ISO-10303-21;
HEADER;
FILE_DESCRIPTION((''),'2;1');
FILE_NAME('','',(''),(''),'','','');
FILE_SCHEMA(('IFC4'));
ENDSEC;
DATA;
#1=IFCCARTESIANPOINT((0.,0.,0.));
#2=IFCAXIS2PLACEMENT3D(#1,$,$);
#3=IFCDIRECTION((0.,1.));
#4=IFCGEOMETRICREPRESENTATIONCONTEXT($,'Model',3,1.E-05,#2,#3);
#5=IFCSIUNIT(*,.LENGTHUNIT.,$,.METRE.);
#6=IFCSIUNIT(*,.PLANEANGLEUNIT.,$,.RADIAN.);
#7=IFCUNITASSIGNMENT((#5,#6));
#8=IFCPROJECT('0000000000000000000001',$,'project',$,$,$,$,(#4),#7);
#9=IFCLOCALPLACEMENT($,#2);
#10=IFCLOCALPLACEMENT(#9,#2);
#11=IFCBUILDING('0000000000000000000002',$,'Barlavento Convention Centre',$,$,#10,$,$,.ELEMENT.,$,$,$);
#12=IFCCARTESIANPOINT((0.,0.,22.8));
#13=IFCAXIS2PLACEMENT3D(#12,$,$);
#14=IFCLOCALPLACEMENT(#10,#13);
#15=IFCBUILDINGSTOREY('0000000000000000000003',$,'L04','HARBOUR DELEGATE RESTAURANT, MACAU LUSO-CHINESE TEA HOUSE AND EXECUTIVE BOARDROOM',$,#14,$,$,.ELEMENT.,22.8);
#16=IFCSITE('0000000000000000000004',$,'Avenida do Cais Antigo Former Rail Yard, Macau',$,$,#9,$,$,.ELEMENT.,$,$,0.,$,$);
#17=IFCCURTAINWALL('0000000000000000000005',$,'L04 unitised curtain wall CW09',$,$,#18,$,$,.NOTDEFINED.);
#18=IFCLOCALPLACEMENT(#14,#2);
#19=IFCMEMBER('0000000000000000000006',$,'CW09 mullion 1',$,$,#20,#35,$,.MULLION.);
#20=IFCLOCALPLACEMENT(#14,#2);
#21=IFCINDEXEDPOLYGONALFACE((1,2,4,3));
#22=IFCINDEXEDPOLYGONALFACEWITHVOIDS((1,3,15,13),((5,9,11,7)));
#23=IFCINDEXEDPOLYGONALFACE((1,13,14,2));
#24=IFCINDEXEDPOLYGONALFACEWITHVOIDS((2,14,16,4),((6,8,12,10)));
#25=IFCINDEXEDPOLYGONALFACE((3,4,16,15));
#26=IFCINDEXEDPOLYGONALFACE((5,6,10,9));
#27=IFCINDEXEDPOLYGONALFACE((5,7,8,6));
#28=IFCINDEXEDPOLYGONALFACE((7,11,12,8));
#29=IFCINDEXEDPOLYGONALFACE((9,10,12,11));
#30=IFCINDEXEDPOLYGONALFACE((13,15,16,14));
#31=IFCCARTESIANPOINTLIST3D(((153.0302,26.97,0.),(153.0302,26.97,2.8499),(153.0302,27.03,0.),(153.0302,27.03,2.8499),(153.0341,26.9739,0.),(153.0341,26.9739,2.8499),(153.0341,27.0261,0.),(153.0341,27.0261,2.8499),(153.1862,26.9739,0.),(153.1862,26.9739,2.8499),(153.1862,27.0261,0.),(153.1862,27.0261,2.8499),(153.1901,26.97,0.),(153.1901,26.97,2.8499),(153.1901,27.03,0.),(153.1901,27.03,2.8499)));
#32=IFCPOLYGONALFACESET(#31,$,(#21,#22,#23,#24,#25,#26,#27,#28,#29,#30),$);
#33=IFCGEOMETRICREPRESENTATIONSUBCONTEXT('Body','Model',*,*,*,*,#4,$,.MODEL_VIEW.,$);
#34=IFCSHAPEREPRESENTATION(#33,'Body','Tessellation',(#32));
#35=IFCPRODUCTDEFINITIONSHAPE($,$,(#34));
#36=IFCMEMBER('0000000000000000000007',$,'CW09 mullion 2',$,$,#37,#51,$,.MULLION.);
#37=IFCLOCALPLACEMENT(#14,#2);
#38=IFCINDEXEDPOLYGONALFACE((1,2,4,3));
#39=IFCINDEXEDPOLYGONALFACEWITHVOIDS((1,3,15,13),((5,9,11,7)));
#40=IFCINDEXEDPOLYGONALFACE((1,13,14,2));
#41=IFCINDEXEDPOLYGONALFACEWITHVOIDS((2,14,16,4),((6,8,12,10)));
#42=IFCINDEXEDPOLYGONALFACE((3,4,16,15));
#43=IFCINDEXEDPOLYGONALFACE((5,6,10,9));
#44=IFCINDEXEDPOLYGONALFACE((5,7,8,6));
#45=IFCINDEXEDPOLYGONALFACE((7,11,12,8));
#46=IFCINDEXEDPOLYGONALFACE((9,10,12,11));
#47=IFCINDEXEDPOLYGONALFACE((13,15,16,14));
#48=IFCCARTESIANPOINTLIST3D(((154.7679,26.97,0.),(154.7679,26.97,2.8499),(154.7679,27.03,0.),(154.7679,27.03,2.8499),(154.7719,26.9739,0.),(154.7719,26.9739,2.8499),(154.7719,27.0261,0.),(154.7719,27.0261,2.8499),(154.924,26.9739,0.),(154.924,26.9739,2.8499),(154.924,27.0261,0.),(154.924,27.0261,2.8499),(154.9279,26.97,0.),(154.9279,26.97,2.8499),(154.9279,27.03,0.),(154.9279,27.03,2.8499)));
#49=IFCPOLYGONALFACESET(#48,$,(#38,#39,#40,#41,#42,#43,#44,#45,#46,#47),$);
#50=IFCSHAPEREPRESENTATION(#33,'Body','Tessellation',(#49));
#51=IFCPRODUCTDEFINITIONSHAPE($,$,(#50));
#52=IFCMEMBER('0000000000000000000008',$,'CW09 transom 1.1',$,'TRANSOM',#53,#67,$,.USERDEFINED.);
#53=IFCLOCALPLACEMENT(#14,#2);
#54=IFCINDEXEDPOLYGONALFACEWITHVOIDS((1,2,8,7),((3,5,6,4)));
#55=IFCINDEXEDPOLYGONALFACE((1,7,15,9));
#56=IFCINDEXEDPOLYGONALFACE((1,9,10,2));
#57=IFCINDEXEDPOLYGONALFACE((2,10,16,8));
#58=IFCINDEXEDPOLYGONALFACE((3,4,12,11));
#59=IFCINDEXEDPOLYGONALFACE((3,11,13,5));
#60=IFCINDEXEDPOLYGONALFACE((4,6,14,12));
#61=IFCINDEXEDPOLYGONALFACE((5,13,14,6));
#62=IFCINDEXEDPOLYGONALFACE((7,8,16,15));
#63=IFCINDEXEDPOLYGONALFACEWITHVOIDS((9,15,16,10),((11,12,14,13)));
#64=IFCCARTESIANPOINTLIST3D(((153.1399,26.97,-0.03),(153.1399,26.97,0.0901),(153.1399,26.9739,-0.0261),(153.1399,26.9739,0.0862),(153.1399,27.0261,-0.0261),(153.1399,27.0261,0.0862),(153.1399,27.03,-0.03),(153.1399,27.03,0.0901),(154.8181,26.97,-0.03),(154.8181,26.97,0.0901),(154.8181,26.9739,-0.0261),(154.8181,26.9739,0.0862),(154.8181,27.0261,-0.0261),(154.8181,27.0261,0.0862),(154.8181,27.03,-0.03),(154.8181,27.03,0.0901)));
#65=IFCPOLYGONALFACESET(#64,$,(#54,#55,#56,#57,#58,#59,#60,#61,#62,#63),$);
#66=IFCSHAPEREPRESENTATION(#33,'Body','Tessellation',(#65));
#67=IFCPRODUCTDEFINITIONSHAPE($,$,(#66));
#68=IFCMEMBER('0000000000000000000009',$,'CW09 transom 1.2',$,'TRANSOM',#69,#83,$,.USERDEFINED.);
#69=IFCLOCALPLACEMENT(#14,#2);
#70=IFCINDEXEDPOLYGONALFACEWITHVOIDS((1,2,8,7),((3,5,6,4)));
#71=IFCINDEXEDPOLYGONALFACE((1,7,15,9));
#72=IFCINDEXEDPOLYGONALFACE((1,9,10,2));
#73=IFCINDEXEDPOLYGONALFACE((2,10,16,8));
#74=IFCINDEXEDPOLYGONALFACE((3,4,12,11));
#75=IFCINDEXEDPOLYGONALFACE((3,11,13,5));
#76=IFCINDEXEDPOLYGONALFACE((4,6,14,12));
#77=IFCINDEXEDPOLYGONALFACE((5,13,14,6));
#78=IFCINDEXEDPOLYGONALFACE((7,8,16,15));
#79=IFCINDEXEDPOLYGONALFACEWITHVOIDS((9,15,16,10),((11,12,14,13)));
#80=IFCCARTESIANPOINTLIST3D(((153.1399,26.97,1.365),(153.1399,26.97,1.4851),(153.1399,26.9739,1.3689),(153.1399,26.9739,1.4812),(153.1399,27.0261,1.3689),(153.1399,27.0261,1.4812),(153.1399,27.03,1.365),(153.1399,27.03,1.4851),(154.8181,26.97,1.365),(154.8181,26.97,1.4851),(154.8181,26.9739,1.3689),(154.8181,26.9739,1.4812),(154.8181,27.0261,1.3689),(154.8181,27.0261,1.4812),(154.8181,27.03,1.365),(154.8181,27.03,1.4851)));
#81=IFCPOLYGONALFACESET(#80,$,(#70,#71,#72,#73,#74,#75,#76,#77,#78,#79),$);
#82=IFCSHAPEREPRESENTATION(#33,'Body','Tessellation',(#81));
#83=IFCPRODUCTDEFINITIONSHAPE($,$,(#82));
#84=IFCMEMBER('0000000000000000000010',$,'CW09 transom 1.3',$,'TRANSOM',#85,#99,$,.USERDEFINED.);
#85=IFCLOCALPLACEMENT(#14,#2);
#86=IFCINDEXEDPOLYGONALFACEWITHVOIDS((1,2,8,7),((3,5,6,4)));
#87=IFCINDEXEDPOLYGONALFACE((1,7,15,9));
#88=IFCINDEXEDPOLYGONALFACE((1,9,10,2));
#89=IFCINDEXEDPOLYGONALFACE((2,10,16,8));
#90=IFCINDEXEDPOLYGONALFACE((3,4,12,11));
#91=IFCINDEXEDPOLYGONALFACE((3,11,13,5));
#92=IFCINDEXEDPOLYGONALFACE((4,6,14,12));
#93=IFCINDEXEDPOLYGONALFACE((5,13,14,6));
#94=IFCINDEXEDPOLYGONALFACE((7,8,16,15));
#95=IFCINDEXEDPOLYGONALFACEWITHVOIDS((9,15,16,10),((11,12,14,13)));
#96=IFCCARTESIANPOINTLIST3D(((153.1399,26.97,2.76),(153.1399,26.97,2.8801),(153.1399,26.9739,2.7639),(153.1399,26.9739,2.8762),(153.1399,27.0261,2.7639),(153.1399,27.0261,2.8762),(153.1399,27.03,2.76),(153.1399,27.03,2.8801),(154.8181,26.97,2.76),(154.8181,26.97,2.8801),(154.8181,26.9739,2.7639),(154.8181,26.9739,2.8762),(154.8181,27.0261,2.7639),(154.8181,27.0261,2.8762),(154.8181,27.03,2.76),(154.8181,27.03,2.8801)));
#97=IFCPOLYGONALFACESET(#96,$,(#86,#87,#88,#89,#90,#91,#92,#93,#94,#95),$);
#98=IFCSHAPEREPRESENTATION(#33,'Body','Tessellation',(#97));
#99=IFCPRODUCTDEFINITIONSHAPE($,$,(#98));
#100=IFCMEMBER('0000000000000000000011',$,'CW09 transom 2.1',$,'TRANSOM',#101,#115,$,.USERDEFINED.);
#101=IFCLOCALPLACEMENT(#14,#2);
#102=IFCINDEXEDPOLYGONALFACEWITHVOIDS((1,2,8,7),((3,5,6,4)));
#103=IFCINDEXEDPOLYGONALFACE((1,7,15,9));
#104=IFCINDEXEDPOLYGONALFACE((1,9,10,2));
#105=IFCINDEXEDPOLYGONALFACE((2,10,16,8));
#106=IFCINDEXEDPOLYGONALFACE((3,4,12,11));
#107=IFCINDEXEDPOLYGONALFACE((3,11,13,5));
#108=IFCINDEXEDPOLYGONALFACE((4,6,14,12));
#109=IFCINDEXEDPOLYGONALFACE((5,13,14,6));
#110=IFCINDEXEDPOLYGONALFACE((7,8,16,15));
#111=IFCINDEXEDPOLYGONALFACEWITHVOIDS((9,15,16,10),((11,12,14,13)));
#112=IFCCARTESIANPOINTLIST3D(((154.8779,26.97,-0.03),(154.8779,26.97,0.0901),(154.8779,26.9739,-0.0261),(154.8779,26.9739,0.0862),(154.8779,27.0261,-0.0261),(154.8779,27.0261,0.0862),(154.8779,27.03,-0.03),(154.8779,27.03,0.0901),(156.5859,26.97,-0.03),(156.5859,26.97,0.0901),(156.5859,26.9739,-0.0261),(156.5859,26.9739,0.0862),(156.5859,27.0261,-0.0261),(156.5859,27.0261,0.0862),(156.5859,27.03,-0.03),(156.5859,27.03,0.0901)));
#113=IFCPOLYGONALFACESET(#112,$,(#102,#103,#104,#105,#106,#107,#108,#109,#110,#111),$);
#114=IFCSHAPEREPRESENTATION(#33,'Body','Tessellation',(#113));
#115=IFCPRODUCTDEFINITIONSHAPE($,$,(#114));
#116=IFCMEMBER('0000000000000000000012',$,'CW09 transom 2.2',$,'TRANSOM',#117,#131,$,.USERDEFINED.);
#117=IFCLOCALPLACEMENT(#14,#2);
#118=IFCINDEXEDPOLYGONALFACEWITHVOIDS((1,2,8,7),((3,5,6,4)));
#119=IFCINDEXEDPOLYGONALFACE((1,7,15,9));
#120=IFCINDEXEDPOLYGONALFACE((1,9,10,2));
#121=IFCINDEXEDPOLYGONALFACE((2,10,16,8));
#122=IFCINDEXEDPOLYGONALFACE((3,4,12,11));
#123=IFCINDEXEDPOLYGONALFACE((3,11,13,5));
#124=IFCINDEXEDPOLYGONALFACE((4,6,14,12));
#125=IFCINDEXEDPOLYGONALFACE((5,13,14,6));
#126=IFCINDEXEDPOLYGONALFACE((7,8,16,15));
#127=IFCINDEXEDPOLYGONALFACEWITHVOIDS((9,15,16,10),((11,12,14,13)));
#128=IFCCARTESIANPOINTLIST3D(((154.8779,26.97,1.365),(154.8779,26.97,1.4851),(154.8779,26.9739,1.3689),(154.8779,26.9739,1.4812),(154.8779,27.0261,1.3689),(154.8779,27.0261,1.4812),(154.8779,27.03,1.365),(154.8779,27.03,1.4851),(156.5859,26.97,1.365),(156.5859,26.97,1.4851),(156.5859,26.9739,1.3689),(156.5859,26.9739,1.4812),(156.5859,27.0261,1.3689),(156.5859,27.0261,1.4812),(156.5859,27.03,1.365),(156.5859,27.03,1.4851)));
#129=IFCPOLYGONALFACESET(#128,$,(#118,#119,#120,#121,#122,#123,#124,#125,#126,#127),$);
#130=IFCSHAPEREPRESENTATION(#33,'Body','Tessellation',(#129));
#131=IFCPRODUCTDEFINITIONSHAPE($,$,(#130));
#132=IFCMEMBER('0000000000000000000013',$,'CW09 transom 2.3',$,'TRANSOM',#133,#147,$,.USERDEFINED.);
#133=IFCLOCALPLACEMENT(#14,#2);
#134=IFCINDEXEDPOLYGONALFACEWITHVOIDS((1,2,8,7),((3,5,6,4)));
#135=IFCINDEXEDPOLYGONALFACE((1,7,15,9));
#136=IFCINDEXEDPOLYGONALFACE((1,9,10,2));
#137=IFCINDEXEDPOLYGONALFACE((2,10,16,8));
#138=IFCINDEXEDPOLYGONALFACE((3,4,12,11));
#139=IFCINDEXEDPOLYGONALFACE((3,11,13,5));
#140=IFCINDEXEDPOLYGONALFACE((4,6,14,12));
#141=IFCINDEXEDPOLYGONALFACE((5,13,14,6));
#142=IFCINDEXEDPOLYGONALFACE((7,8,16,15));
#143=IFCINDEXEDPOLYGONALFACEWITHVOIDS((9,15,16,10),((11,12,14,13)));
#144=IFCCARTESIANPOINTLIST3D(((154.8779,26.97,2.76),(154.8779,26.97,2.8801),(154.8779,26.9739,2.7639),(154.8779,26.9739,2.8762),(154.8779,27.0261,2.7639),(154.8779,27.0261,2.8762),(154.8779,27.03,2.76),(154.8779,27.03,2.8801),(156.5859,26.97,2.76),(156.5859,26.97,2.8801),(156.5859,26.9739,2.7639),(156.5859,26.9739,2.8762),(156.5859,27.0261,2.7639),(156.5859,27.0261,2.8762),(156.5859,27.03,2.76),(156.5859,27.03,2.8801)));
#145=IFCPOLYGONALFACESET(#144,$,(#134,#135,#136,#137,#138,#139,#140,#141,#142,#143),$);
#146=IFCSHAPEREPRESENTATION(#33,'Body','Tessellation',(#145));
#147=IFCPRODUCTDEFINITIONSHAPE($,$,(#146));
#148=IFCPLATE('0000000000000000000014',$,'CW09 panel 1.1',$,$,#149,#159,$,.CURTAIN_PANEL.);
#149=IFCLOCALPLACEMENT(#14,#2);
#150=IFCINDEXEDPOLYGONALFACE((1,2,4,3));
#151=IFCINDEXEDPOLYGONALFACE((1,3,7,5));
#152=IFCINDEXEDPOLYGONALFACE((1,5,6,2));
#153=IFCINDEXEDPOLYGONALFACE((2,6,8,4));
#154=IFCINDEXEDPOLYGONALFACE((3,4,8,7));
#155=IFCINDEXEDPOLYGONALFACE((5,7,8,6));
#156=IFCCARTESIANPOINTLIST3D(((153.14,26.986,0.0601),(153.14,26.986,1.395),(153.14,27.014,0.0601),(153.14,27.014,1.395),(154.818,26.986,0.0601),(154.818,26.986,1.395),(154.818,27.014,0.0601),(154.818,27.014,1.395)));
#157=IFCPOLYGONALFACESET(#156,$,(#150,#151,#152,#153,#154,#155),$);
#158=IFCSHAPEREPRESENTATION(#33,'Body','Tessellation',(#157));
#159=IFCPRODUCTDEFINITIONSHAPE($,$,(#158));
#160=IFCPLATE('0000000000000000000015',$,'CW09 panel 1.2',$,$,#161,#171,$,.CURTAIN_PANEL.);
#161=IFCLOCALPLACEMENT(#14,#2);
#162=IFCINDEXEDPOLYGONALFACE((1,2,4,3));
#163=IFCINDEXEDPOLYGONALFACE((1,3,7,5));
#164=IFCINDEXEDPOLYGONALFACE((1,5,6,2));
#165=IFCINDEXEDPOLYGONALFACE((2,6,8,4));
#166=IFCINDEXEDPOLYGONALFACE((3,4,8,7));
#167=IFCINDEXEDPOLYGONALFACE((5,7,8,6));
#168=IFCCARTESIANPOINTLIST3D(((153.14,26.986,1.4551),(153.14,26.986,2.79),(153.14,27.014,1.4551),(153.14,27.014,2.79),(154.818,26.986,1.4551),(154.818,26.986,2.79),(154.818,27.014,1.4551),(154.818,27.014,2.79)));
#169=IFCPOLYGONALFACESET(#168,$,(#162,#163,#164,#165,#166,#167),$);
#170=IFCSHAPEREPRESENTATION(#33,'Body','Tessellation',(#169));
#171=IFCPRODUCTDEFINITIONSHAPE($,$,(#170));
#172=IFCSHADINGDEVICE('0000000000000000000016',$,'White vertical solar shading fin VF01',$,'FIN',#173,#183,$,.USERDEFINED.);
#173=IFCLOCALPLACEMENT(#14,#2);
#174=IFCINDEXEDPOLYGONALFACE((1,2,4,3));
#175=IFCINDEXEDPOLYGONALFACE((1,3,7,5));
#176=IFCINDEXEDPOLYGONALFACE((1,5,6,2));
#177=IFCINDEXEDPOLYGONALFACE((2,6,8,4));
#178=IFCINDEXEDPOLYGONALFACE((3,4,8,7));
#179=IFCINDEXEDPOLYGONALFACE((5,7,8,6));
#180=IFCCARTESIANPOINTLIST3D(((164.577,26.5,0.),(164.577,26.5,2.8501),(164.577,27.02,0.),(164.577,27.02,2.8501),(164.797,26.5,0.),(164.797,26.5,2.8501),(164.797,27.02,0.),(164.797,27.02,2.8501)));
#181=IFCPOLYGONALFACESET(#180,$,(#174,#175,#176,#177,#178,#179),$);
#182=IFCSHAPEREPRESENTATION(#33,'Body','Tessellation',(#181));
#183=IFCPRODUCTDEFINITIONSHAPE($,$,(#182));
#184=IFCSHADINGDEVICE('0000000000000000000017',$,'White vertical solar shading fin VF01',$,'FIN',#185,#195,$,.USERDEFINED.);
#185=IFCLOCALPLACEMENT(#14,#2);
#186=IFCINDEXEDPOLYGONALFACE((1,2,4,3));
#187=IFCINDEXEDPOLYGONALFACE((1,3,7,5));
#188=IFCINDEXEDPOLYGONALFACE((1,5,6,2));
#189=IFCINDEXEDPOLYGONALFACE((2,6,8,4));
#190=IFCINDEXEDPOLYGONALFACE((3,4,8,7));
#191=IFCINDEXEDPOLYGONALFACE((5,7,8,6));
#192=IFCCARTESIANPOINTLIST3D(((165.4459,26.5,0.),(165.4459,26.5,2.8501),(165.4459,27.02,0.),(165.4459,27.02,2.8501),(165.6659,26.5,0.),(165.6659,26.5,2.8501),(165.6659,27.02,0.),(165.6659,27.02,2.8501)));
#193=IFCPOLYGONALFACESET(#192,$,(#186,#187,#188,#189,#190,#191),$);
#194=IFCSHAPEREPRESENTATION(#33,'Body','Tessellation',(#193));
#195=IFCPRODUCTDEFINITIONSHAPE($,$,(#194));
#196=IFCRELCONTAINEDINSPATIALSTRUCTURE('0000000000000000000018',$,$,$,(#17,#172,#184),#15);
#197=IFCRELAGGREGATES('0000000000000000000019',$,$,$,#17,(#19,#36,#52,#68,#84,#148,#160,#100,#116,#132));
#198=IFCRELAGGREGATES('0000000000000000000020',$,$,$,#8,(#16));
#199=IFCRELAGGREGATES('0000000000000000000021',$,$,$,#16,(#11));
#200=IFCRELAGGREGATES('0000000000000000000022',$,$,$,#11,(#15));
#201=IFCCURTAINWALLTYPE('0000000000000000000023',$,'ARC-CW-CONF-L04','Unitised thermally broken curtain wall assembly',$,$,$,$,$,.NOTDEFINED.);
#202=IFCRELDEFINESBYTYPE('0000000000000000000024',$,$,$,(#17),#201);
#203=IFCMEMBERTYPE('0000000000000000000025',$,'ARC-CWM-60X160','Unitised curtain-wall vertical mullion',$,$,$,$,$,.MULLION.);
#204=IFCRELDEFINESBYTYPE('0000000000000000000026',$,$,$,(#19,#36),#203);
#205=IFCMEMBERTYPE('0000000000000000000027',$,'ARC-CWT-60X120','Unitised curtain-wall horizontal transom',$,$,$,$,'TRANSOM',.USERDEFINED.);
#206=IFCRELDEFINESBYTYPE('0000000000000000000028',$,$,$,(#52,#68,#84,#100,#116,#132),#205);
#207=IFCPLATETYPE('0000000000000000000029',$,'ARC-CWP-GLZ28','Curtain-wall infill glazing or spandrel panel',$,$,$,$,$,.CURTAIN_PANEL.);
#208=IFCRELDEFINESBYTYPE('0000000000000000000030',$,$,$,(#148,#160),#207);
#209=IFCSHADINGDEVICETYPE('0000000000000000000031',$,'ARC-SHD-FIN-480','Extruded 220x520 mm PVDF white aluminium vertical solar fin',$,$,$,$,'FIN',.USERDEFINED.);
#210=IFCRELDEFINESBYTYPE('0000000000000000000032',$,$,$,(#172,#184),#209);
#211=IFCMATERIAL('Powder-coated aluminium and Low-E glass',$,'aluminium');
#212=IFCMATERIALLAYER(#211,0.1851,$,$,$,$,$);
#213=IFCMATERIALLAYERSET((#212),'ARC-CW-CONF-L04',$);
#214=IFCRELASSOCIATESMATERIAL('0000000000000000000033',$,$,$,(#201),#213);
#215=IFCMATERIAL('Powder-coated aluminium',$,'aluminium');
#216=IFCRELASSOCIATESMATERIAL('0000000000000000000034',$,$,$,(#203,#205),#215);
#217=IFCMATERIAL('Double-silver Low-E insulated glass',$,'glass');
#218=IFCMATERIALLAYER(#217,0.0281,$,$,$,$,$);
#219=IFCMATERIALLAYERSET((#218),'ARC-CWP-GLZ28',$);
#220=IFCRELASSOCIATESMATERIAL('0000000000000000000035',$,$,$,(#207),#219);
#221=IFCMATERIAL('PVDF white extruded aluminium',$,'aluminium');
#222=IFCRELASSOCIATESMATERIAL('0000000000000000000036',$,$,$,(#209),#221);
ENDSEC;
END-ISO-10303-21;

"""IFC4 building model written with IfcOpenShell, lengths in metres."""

from ifc_helpers import new_model, si_unit, direction, frame, origin, origin_2d, place, context, subcontext, project, spatial, rectangle, hollow_rectangle, extrude, material, layer, layer_set, material_profile, profile_set, type_object, element, aggregate, save


model = new_model("IFC4")

# Units and contexts
model_context = context("Model", 3, precision=1e-05, world=origin(), true_north=direction((0.0, 1.0)))
body_context = subcontext(model_context, "Body", "Model", "MODEL_VIEW")
ifc_project = project(units=[si_unit("LENGTHUNIT", "METRE"), si_unit("PLANEANGLEUNIT", "RADIAN")], contexts=[model_context])

# Site, building, storey
site_placement = place(None, origin())
site = spatial("IfcSite", under=ifc_project, at=site_placement, Name="Avenida do Cais Antigo Former Rail Yard, Macau", CompositionType="ELEMENT", RefElevation=0.0)
building_placement = place(site_placement, origin())
building = spatial("IfcBuilding", under=site, at=building_placement, Name="Barlavento Convention Centre", CompositionType="ELEMENT")
storey_placement = place(building_placement, frame((0.0, 0.0, 22.8)))
storey = spatial("IfcBuildingStorey", under=building, at=storey_placement, Name="L04", Description="HARBOUR DELEGATE RESTAURANT, MACAU LUSO-CHINESE TEA HOUSE AND EXECUTIVE BOARDROOM", CompositionType="ELEMENT", Elevation=22.8)

# Curtain wall, members, plates
ifc_material_1 = material(Name="Powder-coated aluminium and Low-E glass", Category="aluminium")
ifc_layer_1 = layer(ifc_material_1, 0.1851)
ifc_layer_set_1 = layer_set([ifc_layer_1], Name="ARC-CW-CONF-L04")
curtain_wall_type = type_object("IfcCurtainWallType", Name="ARC-CW-CONF-L04", Description="Unitised thermally broken curtain wall assembly", PredefinedType="NOTDEFINED", material=ifc_layer_set_1)
curtain_wall_placement = place(storey_placement, origin())
curtain_wall = element("IfcCurtainWall", 1, at=curtain_wall_placement, inside=storey, type_object=curtain_wall_type, Name="L04 unitised curtain wall CW09", PredefinedType="NOTDEFINED")
ifc_material_2 = material(Name="Powder-coated aluminium", Category="aluminium")
ifc_material_profile_1 = material_profile(ifc_material_2, hollow_rectangle(XDim=0.0601, YDim=0.1599, WallThickness=0.0039, at=origin_2d()), Name="AL-MULL 60x160x4")
ifc_profile_set_1 = profile_set([ifc_material_profile_1], Name="Powder-coated aluminium")
member_type_1 = type_object("IfcMemberType", Name="ARC-CWM-60X160", Description="Unitised curtain-wall vertical mullion", PredefinedType="MULLION", material=ifc_profile_set_1)
member_1_placement = place(storey_placement, frame((153.1101, 27.0, 0.0), z_axis=(0.0, 0.0, 1.0), x_axis=(0.0, 1.0, 0.0)))
member_1 = element("IfcMember", 2, at=member_1_placement, type_object=member_type_1, Name="CW09 mullion 1", PredefinedType="MULLION", context=body_context, shape_type="SweptSolid", body=[
    extrude(hollow_rectangle(XDim=0.0601, YDim=0.1599, WallThickness=0.0039, at=origin_2d()), origin(), (0.0, 0.0, 1.0), 2.8499),
])
member_2_placement = place(storey_placement, frame((154.8479, 27.0, 0.0), z_axis=(0.0, 0.0, 1.0), x_axis=(0.0, 1.0, 0.0)))
member_2 = element("IfcMember", 3, at=member_2_placement, type_object=member_type_1, Name="CW09 mullion 2", PredefinedType="MULLION", context=body_context, shape_type="SweptSolid", body=[
    extrude(hollow_rectangle(XDim=0.0601, YDim=0.1599, WallThickness=0.0039, at=origin_2d()), origin(), (0.0, 0.0, 1.0), 2.8499),
])
ifc_material_profile_2 = material_profile(ifc_material_2, hollow_rectangle(XDim=0.0601, YDim=0.1201, WallThickness=0.0039, at=origin_2d()), Name="AL-TRAN 60x120x4")
ifc_profile_set_2 = profile_set([ifc_material_profile_2], Name="Powder-coated aluminium")
member_type_2 = type_object("IfcMemberType", Name="ARC-CWT-60X120", Description="Unitised curtain-wall horizontal transom", ElementType="TRANSOM", PredefinedType="USERDEFINED", material=ifc_profile_set_2)
member_3_placement = place(storey_placement, frame((153.1399, 27.0, 0.03), z_axis=(1.0, 0.0, 0.0), x_axis=(0.0, 1.0, 0.0)))
member_3 = element("IfcMember", 4, at=member_3_placement, type_object=member_type_2, Name="CW09 transom 1.1", ObjectType="TRANSOM", PredefinedType="USERDEFINED", context=body_context, shape_type="SweptSolid", body=[
    extrude(hollow_rectangle(XDim=0.0601, YDim=0.1201, WallThickness=0.0039, at=origin_2d()), origin(), (0.0, 0.0, 1.0), 1.6782),
])
member_4_placement = place(storey_placement, frame((153.1399, 27.0, 1.425), z_axis=(1.0, 0.0, 0.0), x_axis=(0.0, 1.0, 0.0)))
member_4 = element("IfcMember", 5, at=member_4_placement, type_object=member_type_2, Name="CW09 transom 1.2", ObjectType="TRANSOM", PredefinedType="USERDEFINED", context=body_context, shape_type="SweptSolid", body=[
    extrude(hollow_rectangle(XDim=0.0601, YDim=0.1201, WallThickness=0.0039, at=origin_2d()), origin(), (0.0, 0.0, 1.0), 1.6782),
])
member_5_placement = place(storey_placement, frame((153.1399, 27.0, 2.8201), z_axis=(1.0, 0.0, 0.0), x_axis=(0.0, 1.0, 0.0)))
member_5 = element("IfcMember", 6, at=member_5_placement, type_object=member_type_2, Name="CW09 transom 1.3", ObjectType="TRANSOM", PredefinedType="USERDEFINED", context=body_context, shape_type="SweptSolid", body=[
    extrude(hollow_rectangle(XDim=0.0601, YDim=0.1201, WallThickness=0.0039, at=origin_2d()), origin(), (0.0, 0.0, 1.0), 1.6782),
])
member_6_placement = place(storey_placement, frame((154.8779, 27.0, 0.03), z_axis=(1.0, 0.0, 0.0), x_axis=(0.0, 1.0, 0.0)))
member_6 = element("IfcMember", 7, at=member_6_placement, type_object=member_type_2, Name="CW09 transom 2.1", ObjectType="TRANSOM", PredefinedType="USERDEFINED", context=body_context, shape_type="SweptSolid", body=[
    extrude(hollow_rectangle(XDim=0.0601, YDim=0.1201, WallThickness=0.0039, at=origin_2d()), origin(), (0.0, 0.0, 1.0), 1.708),
])
member_7_placement = place(storey_placement, frame((154.8779, 27.0, 1.425), z_axis=(1.0, 0.0, 0.0), x_axis=(0.0, 1.0, 0.0)))
member_7 = element("IfcMember", 8, at=member_7_placement, type_object=member_type_2, Name="CW09 transom 2.2", ObjectType="TRANSOM", PredefinedType="USERDEFINED", context=body_context, shape_type="SweptSolid", body=[
    extrude(hollow_rectangle(XDim=0.0601, YDim=0.1201, WallThickness=0.0039, at=origin_2d()), origin(), (0.0, 0.0, 1.0), 1.708),
])
member_8_placement = place(storey_placement, frame((154.8779, 27.0, 2.8201), z_axis=(1.0, 0.0, 0.0), x_axis=(0.0, 1.0, 0.0)))
member_8 = element("IfcMember", 9, at=member_8_placement, type_object=member_type_2, Name="CW09 transom 2.3", ObjectType="TRANSOM", PredefinedType="USERDEFINED", context=body_context, shape_type="SweptSolid", body=[
    extrude(hollow_rectangle(XDim=0.0601, YDim=0.1201, WallThickness=0.0039, at=origin_2d()), origin(), (0.0, 0.0, 1.0), 1.708),
])
ifc_material_3 = material(Name="Double-silver Low-E insulated glass", Category="glass")
ifc_layer_2 = layer(ifc_material_3, 0.0281)
ifc_layer_set_2 = layer_set([ifc_layer_2], Name="ARC-CWP-GLZ28")
plate_type = type_object("IfcPlateType", Name="ARC-CWP-GLZ28", Description="Curtain-wall infill glazing or spandrel panel", PredefinedType="CURTAIN_PANEL", material=ifc_layer_set_2)
plate_1_placement = place(storey_placement, frame((153.979, 27.0, 0.0601), z_axis=(0.0, 0.0, 1.0), x_axis=(1.0, 0.0, 0.0)))
plate_1 = element("IfcPlate", 10, at=plate_1_placement, type_object=plate_type, Name="CW09 panel 1.1", PredefinedType="CURTAIN_PANEL", context=body_context, shape_type="SweptSolid", body=[
    extrude(rectangle(XDim=1.678, YDim=0.0281, at=origin_2d()), origin(), (0.0, 0.0, 1.0), 1.335),
])
plate_2_placement = place(storey_placement, frame((153.979, 27.0, 1.4551), z_axis=(0.0, 0.0, 1.0), x_axis=(1.0, 0.0, 0.0)))
plate_2 = element("IfcPlate", 11, at=plate_2_placement, type_object=plate_type, Name="CW09 panel 1.2", PredefinedType="CURTAIN_PANEL", context=body_context, shape_type="SweptSolid", body=[
    extrude(rectangle(XDim=1.678, YDim=0.0281, at=origin_2d()), origin(), (0.0, 0.0, 1.0), 1.335),
])
aggregate(curtain_wall, [member_1, member_2, member_3, member_4, member_5, plate_1, plate_2, member_6, member_7, member_8])

# Shading devices
ifc_material_4 = material(Name="PVDF white extruded aluminium", Category="aluminium")
shading_device_type = type_object("IfcShadingDeviceType", Name="ARC-SHD-FIN-480", Description="Extruded 220x520 mm PVDF white aluminium vertical solar fin", ElementType="FIN", PredefinedType="USERDEFINED", material=ifc_material_4)
for number, where, z_axis, x_axis, name in (
    (12, (164.687, 26.76, 0.0), (0.0, 0.0, 1.0), (1.0, 0.0, 0.0), "White vertical solar shading fin VF01"),
    (13, (165.5559, 26.76, 0.0), (0.0, 0.0, 1.0), (1.0, 0.0, 0.0), "White vertical solar shading fin VF01"),
):
    element("IfcShadingDevice", number, at=place(storey_placement, frame(where, z_axis=z_axis, x_axis=x_axis)), inside=storey, type_object=shading_device_type, Name=name, ObjectType="FIN", PredefinedType="USERDEFINED", context=body_context, shape_type="SweptSolid", body=[
        extrude(rectangle(XDim=0.22, YDim=0.52, at=origin_2d()), origin(), (0.0, 0.0, 1.0), 2.8501),
    ])

save(model, "model.ifc")
